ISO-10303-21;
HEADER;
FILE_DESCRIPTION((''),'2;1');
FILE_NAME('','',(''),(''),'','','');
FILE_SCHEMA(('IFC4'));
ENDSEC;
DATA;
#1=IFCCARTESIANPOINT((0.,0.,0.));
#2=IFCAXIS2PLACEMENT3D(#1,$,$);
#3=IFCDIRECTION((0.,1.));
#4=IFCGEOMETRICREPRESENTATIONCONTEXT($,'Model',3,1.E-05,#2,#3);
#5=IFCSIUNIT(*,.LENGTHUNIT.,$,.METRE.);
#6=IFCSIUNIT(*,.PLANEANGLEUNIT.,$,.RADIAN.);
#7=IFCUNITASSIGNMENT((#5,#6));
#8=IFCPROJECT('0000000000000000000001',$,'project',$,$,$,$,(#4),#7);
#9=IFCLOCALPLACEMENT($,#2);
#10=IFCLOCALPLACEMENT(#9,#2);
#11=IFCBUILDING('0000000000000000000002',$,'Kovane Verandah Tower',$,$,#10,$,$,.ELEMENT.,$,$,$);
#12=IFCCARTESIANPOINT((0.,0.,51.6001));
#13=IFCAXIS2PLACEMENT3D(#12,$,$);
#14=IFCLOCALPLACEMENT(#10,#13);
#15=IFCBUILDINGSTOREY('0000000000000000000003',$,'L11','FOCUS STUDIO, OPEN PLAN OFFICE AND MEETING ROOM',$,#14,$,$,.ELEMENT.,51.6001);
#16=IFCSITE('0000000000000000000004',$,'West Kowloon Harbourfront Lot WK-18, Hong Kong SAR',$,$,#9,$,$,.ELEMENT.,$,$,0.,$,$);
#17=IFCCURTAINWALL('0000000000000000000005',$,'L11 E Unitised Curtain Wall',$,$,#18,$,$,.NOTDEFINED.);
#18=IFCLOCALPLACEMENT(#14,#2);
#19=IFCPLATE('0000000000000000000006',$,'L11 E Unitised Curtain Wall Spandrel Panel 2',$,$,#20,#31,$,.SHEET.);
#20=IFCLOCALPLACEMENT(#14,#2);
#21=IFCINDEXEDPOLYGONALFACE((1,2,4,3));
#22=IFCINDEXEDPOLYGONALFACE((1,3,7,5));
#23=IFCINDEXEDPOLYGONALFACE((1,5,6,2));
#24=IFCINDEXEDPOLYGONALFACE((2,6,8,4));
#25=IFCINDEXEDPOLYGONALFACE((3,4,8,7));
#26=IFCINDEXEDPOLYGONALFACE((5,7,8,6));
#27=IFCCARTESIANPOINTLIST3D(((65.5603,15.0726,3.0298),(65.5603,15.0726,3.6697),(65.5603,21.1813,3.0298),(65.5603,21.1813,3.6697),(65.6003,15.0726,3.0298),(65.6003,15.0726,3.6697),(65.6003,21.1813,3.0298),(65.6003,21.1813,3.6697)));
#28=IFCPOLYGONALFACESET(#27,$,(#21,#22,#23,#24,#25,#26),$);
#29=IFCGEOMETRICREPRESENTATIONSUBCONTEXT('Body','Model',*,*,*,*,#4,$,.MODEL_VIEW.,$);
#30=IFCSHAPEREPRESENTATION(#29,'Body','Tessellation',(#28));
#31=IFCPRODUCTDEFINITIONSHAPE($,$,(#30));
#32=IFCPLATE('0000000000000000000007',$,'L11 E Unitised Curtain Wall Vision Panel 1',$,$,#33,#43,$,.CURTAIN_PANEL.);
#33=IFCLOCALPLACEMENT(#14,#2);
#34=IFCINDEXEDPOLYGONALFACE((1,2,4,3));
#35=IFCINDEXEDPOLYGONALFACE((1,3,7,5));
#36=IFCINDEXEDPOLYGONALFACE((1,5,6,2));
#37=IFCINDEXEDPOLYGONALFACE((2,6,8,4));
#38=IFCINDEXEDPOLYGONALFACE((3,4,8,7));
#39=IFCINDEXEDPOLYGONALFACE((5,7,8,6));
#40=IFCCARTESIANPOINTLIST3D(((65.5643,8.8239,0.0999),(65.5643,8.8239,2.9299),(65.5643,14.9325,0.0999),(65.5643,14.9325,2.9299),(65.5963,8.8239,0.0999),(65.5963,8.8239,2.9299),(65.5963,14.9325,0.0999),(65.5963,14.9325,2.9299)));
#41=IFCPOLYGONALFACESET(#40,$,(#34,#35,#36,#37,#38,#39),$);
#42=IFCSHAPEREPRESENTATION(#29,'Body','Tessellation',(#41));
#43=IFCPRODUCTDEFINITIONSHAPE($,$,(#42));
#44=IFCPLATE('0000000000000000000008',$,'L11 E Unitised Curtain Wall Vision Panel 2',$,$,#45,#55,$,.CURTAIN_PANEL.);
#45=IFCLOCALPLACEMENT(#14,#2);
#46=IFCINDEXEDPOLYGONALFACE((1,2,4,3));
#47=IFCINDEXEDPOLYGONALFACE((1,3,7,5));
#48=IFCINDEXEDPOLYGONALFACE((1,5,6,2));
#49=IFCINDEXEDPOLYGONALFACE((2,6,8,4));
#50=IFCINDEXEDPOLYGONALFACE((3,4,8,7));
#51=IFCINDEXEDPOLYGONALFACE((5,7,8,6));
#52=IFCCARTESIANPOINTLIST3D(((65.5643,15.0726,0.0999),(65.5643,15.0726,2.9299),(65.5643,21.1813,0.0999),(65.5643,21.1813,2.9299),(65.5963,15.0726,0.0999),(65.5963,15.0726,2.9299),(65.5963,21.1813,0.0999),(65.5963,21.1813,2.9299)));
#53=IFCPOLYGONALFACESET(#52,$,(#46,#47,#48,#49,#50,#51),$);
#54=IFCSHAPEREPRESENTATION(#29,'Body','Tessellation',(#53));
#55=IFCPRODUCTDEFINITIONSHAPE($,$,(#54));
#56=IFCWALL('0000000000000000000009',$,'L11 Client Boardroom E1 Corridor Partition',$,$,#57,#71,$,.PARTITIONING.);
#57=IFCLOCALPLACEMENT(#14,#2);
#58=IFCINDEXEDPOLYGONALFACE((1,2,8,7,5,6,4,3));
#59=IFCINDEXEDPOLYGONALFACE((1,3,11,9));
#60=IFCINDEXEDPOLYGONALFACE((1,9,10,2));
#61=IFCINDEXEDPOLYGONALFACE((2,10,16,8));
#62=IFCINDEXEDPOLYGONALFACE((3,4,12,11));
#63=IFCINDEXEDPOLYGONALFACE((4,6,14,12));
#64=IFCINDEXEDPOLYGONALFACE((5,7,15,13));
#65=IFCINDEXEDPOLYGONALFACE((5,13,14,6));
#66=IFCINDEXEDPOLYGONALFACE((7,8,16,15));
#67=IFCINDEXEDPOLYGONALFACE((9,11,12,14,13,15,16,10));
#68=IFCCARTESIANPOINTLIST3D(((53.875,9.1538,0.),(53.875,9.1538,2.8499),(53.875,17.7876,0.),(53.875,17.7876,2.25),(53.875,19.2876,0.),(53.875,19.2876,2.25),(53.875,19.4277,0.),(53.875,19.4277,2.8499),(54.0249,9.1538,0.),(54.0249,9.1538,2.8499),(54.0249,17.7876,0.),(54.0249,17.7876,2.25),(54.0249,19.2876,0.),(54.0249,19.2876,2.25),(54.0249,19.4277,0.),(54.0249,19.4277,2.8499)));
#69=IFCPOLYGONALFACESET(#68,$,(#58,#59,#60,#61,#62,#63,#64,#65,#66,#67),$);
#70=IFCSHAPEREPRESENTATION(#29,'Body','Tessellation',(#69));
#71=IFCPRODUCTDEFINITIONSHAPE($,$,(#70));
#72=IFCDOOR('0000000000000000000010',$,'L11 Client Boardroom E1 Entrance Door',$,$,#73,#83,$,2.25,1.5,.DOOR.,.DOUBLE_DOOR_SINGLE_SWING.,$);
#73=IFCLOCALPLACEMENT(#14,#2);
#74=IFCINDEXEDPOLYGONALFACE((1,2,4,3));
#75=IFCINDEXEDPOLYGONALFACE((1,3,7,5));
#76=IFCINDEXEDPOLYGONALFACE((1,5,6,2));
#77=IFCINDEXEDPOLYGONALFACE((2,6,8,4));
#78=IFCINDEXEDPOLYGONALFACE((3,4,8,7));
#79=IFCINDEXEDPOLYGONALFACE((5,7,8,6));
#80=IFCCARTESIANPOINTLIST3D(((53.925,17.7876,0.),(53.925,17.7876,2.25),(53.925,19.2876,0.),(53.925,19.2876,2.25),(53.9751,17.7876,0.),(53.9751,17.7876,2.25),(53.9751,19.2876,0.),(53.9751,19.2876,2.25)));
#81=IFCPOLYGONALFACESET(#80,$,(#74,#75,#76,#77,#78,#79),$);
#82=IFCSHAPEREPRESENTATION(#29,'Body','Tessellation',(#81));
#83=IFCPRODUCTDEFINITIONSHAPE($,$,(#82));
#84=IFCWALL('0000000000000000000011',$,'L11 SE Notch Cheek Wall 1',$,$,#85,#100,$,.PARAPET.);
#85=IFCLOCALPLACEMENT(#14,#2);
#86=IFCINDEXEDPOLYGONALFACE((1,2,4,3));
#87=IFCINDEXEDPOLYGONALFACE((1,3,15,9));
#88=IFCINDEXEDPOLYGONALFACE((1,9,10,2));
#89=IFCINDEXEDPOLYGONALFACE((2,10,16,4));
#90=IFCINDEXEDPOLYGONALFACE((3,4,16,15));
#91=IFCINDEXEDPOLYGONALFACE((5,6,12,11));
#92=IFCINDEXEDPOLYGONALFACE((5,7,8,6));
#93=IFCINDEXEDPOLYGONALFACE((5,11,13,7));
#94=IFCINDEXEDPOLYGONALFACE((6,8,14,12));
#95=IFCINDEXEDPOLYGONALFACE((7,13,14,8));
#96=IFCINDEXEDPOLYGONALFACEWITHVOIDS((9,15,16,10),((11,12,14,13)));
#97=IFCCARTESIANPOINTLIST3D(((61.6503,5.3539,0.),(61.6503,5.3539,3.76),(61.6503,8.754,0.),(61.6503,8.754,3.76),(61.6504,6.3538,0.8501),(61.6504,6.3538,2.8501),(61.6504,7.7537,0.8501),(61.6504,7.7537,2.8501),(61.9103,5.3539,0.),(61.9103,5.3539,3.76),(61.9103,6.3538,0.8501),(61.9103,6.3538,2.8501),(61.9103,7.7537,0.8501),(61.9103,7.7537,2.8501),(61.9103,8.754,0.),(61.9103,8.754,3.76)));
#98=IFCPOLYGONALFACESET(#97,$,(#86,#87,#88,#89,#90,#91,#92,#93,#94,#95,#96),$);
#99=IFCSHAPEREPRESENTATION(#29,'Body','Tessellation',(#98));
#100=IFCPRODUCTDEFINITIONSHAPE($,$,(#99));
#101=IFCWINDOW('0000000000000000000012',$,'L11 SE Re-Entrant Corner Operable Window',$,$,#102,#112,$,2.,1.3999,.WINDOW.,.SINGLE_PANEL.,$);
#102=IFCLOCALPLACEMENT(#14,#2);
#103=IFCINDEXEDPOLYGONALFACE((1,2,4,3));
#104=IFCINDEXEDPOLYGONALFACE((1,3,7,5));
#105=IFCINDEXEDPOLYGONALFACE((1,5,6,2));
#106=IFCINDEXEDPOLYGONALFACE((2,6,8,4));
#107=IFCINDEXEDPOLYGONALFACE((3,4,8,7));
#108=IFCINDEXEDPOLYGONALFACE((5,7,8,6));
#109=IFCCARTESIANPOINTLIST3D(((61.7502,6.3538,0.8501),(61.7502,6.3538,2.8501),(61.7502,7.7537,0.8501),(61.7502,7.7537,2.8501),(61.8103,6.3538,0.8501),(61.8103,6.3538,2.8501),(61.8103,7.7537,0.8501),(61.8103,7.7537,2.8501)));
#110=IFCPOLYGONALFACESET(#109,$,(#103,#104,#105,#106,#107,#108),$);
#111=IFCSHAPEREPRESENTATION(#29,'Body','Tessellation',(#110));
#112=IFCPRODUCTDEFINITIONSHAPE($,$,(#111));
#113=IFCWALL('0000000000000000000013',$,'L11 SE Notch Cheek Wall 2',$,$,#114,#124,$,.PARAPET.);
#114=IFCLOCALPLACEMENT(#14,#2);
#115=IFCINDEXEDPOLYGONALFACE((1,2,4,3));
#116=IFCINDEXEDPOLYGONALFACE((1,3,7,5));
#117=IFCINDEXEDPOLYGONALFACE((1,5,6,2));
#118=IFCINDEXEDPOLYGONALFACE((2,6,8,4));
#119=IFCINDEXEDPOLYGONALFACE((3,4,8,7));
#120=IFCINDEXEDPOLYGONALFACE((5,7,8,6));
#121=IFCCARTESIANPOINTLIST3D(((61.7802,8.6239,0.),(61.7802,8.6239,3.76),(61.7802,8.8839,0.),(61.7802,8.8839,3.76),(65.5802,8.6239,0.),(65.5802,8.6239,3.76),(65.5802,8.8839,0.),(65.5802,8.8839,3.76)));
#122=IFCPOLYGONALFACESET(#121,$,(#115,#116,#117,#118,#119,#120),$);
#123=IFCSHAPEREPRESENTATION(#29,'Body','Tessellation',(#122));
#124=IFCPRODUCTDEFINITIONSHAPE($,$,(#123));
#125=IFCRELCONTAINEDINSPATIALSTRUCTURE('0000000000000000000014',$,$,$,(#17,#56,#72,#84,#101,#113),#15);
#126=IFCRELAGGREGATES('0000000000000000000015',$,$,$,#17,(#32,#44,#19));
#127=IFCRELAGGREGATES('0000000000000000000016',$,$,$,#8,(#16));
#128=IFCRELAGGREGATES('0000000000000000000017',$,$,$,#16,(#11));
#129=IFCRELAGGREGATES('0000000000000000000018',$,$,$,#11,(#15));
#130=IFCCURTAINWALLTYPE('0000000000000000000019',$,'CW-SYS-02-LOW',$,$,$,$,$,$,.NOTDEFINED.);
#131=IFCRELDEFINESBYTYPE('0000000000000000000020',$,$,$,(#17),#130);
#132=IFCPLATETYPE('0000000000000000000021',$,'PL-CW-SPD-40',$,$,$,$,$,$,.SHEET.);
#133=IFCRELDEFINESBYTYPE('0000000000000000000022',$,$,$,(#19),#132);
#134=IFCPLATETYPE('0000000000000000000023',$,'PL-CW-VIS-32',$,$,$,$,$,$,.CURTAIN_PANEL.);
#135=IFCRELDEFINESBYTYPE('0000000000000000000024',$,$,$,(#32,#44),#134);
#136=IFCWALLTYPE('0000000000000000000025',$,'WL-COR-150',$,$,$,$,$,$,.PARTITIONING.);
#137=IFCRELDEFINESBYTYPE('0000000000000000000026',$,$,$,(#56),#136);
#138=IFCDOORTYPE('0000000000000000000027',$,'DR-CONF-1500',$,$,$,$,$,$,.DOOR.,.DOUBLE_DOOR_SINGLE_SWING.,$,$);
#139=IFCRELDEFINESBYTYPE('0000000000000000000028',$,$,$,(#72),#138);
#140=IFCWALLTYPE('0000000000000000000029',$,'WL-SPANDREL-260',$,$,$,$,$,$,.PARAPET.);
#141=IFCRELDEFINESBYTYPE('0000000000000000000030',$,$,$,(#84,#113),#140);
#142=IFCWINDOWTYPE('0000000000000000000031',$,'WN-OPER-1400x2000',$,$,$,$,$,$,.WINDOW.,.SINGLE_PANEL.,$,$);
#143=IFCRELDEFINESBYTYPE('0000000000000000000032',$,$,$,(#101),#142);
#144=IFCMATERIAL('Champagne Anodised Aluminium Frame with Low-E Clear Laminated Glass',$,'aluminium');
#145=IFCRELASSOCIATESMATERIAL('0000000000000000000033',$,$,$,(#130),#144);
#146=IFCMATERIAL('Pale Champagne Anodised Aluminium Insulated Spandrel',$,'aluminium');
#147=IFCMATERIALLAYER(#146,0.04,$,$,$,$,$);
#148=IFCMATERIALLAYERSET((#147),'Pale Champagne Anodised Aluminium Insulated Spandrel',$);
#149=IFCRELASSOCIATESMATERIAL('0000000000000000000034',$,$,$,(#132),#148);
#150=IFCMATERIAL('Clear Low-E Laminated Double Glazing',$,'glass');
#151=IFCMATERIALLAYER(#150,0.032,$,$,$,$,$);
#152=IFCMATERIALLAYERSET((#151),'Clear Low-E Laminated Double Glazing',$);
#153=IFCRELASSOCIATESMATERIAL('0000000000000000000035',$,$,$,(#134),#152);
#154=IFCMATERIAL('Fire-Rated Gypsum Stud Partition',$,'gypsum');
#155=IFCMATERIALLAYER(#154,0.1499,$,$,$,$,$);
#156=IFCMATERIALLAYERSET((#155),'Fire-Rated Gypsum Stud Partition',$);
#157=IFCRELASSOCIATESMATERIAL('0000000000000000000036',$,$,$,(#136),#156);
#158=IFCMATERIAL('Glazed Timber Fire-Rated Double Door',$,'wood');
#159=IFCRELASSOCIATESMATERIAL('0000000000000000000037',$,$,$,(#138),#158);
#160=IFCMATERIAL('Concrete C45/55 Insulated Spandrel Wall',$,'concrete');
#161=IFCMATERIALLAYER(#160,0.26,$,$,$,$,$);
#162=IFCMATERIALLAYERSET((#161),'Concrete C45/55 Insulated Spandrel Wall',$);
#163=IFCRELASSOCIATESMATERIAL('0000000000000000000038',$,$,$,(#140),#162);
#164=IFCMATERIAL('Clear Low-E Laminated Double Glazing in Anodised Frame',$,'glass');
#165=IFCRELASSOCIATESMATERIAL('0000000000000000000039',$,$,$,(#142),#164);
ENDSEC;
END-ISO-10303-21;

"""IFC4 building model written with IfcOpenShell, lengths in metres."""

from ifc_helpers import new_model, si_unit, direction, frame, frame_2d, origin, origin_2d, place, context, subcontext, project, spatial, rectangle, extrude, material, layer, layer_set, type_object, element, fill, aggregate, save


model = new_model("IFC4")

# Units and contexts
model_context = context("Model", 3, precision=1e-05, world=origin(), true_north=direction((0.0, 1.0)))
body_context = subcontext(model_context, "Body", "Model", "MODEL_VIEW")
ifc_project = project(units=[si_unit("LENGTHUNIT", "METRE"), si_unit("PLANEANGLEUNIT", "RADIAN")], contexts=[model_context])

# Site, building, storey
site_placement = place(None, origin())
site = spatial("IfcSite", under=ifc_project, at=site_placement, Name="West Kowloon Harbourfront Lot WK-18, Hong Kong SAR", CompositionType="ELEMENT", RefElevation=0.0)
building_placement = place(site_placement, origin())
building = spatial("IfcBuilding", under=site, at=building_placement, Name="Kovane Verandah Tower", CompositionType="ELEMENT")
storey_placement = place(building_placement, frame((0.0, 0.0, 51.6001)))
storey = spatial("IfcBuildingStorey", under=building, at=storey_placement, Name="L11", Description="FOCUS STUDIO, OPEN PLAN OFFICE AND MEETING ROOM", CompositionType="ELEMENT", Elevation=51.6001)

# Curtain wall
ifc_material_1 = material(Name="Champagne Anodised Aluminium Frame with Low-E Clear Laminated Glass", Category="aluminium")
curtain_wall_type = type_object("IfcCurtainWallType", Name="CW-SYS-02-LOW", PredefinedType="NOTDEFINED", material=ifc_material_1)
curtain_wall_placement = place(storey_placement, origin())
curtain_wall = element("IfcCurtainWall", 1, at=curtain_wall_placement, inside=storey, type_object=curtain_wall_type, Name="L11 E Unitised Curtain Wall", PredefinedType="NOTDEFINED")

# Plates
ifc_material_2 = material(Name="Pale Champagne Anodised Aluminium Insulated Spandrel", Category="aluminium")
ifc_layer_1 = layer(ifc_material_2, 0.04)
ifc_layer_set_1 = layer_set([ifc_layer_1], Name="Pale Champagne Anodised Aluminium Insulated Spandrel")
plate_type_1 = type_object("IfcPlateType", Name="PL-CW-SPD-40", PredefinedType="SHEET", material=ifc_layer_set_1)
plate_1_placement = place(storey_placement, frame((65.5803, 18.127, 3.0298), z_axis=(0.0, 0.0, 1.0), x_axis=(0.0, 1.0, 0.0)))
plate_1 = element("IfcPlate", 2, at=plate_1_placement, type_object=plate_type_1, Name="L11 E Unitised Curtain Wall Spandrel Panel 2", PredefinedType="SHEET", context=body_context, shape_type="SweptSolid", body=[
    extrude(rectangle(XDim=6.1086, YDim=0.04, at=origin_2d()), origin(), (0.0, 0.0, 1.0), 0.6399),
])
ifc_material_3 = material(Name="Clear Low-E Laminated Double Glazing", Category="glass")
ifc_layer_2 = layer(ifc_material_3, 0.032)
ifc_layer_set_2 = layer_set([ifc_layer_2], Name="Clear Low-E Laminated Double Glazing")
plate_type_2 = type_object("IfcPlateType", Name="PL-CW-VIS-32", PredefinedType="CURTAIN_PANEL", material=ifc_layer_set_2)
plate_2_placement = place(storey_placement, frame((65.5803, 11.8782, 0.0999), z_axis=(0.0, 0.0, 1.0), x_axis=(0.0, 1.0, 0.0)))
plate_2 = element("IfcPlate", 3, at=plate_2_placement, type_object=plate_type_2, Name="L11 E Unitised Curtain Wall Vision Panel 1", PredefinedType="CURTAIN_PANEL", context=body_context, shape_type="SweptSolid", body=[
    extrude(rectangle(XDim=6.1086, YDim=0.032, at=origin_2d()), origin(), (0.0, 0.0, 1.0), 2.8301),
])
plate_3_placement = place(storey_placement, frame((65.5803, 18.127, 0.0999), z_axis=(0.0, 0.0, 1.0), x_axis=(0.0, 1.0, 0.0)))
plate_3 = element("IfcPlate", 4, at=plate_3_placement, type_object=plate_type_2, Name="L11 E Unitised Curtain Wall Vision Panel 2", PredefinedType="CURTAIN_PANEL", context=body_context, shape_type="SweptSolid", body=[
    extrude(rectangle(XDim=6.1086, YDim=0.032, at=origin_2d()), origin(), (0.0, 0.0, 1.0), 2.8301),
])
aggregate(curtain_wall, [plate_2, plate_3, plate_1])

# Wall, opening, door
ifc_material_4 = material(Name="Fire-Rated Gypsum Stud Partition", Category="gypsum")
ifc_layer_3 = layer(ifc_material_4, 0.1499)
ifc_layer_set_3 = layer_set([ifc_layer_3], Name="Fire-Rated Gypsum Stud Partition")
wall_type_1 = type_object("IfcWallType", Name="WL-COR-150", PredefinedType="PARTITIONING", material=ifc_layer_set_3)
wall_1_placement = place(storey_placement, frame((53.95, 9.1538, 0.0), z_axis=(0.0, 0.0, 1.0), x_axis=(0.0, 1.0, 0.0)))
wall_1 = element("IfcWall", 5, at=wall_1_placement, inside=storey, type_object=wall_type_1, Name="L11 Client Boardroom E1 Corridor Partition", PredefinedType="PARTITIONING", context=body_context, shape_type="SweptSolid", body=[
    extrude(rectangle(XDim=10.2739, YDim=0.1499, at=frame_2d((5.137, 0.0))), origin(), (0.0, 0.0, 1.0), 2.8499),
])
opening_1_placement = place(wall_1_placement, frame((8.6338, 0.0, 0.0)))
opening_1 = element("IfcOpeningElement", 6, at=opening_1_placement, cuts=wall_1, PredefinedType="OPENING", context=body_context, shape_type="SweptSolid", body=[
    extrude(rectangle(XDim=1.5, YDim=2.25, at=frame_2d((0.75, 1.125))), frame((0.0, 0.075, 0.0), z_axis=(0.0, -1.0, 0.0), x_axis=(1.0, 0.0, 0.0)), (0.0, 0.0, 1.0), 0.1499),
])
ifc_material_5 = material(Name="Glazed Timber Fire-Rated Double Door", Category="wood")
door_type = type_object("IfcDoorType", Name="DR-CONF-1500", OperationType="DOUBLE_DOOR_SINGLE_SWING", PredefinedType="DOOR", material=ifc_material_5)
door_placement = place(opening_1_placement, origin())
door = element("IfcDoor", 7, at=door_placement, inside=storey, type_object=door_type, Name="L11 Client Boardroom E1 Entrance Door", OperationType="DOUBLE_DOOR_SINGLE_SWING", OverallHeight=2.25, OverallWidth=1.5, PredefinedType="DOOR", context=body_context, shape_type="SweptSolid", body=[
    extrude(rectangle(XDim=1.5, YDim=2.25, at=frame_2d((0.75, 1.125))), frame((0.0, 0.0249, 0.0), z_axis=(0.0, -1.0, 0.0), x_axis=(1.0, 0.0, 0.0)), (0.0, 0.0, 1.0), 0.05),
])
fill(opening_1, door)

# Wall, opening, window
ifc_material_6 = material(Name="Concrete C45/55 Insulated Spandrel Wall", Category="concrete")
ifc_layer_4 = layer(ifc_material_6, 0.26)
ifc_layer_set_4 = layer_set([ifc_layer_4], Name="Concrete C45/55 Insulated Spandrel Wall")
wall_type_2 = type_object("IfcWallType", Name="WL-SPANDREL-260", PredefinedType="PARAPET", material=ifc_layer_set_4)
wall_2_placement = place(storey_placement, frame((61.7803, 5.3538, 0.0), z_axis=(0.0, 0.0, 1.0), x_axis=(0.0, 1.0, 0.0)))
wall_2 = element("IfcWall", 8, at=wall_2_placement, inside=storey, type_object=wall_type_2, Name="L11 SE Notch Cheek Wall 1", PredefinedType="PARAPET", context=body_context, shape_type="SweptSolid", body=[
    extrude(rectangle(XDim=3.4001, YDim=0.26, at=frame_2d((1.7002, 0.0))), origin(), (0.0, 0.0, 1.0), 3.76),
])
opening_2_placement = place(wall_2_placement, frame((1.0, 0.0, 0.8501)))
opening_2 = element("IfcOpeningElement", 9, at=opening_2_placement, cuts=wall_2, PredefinedType="OPENING", context=body_context, shape_type="SweptSolid", body=[
    extrude(rectangle(XDim=1.3999, YDim=2.0, at=frame_2d((0.7, 1.0))), frame((0.0, 0.1299, 0.0), z_axis=(0.0, -1.0, 0.0), x_axis=(1.0, 0.0, 0.0)), (0.0, 0.0, 1.0), 0.26),
])
ifc_material_7 = material(Name="Clear Low-E Laminated Double Glazing in Anodised Frame", Category="glass")
window_type = type_object("IfcWindowType", Name="WN-OPER-1400x2000", PartitioningType="SINGLE_PANEL", PredefinedType="WINDOW", material=ifc_material_7)
window_placement = place(opening_2_placement, origin())
window = element("IfcWindow", 10, at=window_placement, inside=storey, type_object=window_type, Name="L11 SE Re-Entrant Corner Operable Window", OverallHeight=2.0, OverallWidth=1.3999, PartitioningType="SINGLE_PANEL", PredefinedType="WINDOW", context=body_context, shape_type="SweptSolid", body=[
    extrude(rectangle(XDim=1.3999, YDim=2.0, at=frame_2d((0.7, 1.0))), frame((0.0, 0.03, 0.0), z_axis=(0.0, -1.0, 0.0), x_axis=(1.0, 0.0, 0.0)), (0.0, 0.0, 1.0), 0.0601),
])
fill(opening_2, window)

# Wall
wall_3_placement = place(storey_placement, frame((61.7803, 8.7539, 0.0), z_axis=(0.0, 0.0, 1.0), x_axis=(1.0, 0.0, 0.0)))
element("IfcWall", 11, at=wall_3_placement, inside=storey, type_object=wall_type_2, Name="L11 SE Notch Cheek Wall 2", PredefinedType="PARAPET", context=body_context, shape_type="SweptSolid", body=[
    extrude(rectangle(XDim=3.8, YDim=0.26, at=frame_2d((1.8999, 0.0))), origin(), (0.0, 0.0, 1.0), 3.76),
])

save(model, "model.ifc")
